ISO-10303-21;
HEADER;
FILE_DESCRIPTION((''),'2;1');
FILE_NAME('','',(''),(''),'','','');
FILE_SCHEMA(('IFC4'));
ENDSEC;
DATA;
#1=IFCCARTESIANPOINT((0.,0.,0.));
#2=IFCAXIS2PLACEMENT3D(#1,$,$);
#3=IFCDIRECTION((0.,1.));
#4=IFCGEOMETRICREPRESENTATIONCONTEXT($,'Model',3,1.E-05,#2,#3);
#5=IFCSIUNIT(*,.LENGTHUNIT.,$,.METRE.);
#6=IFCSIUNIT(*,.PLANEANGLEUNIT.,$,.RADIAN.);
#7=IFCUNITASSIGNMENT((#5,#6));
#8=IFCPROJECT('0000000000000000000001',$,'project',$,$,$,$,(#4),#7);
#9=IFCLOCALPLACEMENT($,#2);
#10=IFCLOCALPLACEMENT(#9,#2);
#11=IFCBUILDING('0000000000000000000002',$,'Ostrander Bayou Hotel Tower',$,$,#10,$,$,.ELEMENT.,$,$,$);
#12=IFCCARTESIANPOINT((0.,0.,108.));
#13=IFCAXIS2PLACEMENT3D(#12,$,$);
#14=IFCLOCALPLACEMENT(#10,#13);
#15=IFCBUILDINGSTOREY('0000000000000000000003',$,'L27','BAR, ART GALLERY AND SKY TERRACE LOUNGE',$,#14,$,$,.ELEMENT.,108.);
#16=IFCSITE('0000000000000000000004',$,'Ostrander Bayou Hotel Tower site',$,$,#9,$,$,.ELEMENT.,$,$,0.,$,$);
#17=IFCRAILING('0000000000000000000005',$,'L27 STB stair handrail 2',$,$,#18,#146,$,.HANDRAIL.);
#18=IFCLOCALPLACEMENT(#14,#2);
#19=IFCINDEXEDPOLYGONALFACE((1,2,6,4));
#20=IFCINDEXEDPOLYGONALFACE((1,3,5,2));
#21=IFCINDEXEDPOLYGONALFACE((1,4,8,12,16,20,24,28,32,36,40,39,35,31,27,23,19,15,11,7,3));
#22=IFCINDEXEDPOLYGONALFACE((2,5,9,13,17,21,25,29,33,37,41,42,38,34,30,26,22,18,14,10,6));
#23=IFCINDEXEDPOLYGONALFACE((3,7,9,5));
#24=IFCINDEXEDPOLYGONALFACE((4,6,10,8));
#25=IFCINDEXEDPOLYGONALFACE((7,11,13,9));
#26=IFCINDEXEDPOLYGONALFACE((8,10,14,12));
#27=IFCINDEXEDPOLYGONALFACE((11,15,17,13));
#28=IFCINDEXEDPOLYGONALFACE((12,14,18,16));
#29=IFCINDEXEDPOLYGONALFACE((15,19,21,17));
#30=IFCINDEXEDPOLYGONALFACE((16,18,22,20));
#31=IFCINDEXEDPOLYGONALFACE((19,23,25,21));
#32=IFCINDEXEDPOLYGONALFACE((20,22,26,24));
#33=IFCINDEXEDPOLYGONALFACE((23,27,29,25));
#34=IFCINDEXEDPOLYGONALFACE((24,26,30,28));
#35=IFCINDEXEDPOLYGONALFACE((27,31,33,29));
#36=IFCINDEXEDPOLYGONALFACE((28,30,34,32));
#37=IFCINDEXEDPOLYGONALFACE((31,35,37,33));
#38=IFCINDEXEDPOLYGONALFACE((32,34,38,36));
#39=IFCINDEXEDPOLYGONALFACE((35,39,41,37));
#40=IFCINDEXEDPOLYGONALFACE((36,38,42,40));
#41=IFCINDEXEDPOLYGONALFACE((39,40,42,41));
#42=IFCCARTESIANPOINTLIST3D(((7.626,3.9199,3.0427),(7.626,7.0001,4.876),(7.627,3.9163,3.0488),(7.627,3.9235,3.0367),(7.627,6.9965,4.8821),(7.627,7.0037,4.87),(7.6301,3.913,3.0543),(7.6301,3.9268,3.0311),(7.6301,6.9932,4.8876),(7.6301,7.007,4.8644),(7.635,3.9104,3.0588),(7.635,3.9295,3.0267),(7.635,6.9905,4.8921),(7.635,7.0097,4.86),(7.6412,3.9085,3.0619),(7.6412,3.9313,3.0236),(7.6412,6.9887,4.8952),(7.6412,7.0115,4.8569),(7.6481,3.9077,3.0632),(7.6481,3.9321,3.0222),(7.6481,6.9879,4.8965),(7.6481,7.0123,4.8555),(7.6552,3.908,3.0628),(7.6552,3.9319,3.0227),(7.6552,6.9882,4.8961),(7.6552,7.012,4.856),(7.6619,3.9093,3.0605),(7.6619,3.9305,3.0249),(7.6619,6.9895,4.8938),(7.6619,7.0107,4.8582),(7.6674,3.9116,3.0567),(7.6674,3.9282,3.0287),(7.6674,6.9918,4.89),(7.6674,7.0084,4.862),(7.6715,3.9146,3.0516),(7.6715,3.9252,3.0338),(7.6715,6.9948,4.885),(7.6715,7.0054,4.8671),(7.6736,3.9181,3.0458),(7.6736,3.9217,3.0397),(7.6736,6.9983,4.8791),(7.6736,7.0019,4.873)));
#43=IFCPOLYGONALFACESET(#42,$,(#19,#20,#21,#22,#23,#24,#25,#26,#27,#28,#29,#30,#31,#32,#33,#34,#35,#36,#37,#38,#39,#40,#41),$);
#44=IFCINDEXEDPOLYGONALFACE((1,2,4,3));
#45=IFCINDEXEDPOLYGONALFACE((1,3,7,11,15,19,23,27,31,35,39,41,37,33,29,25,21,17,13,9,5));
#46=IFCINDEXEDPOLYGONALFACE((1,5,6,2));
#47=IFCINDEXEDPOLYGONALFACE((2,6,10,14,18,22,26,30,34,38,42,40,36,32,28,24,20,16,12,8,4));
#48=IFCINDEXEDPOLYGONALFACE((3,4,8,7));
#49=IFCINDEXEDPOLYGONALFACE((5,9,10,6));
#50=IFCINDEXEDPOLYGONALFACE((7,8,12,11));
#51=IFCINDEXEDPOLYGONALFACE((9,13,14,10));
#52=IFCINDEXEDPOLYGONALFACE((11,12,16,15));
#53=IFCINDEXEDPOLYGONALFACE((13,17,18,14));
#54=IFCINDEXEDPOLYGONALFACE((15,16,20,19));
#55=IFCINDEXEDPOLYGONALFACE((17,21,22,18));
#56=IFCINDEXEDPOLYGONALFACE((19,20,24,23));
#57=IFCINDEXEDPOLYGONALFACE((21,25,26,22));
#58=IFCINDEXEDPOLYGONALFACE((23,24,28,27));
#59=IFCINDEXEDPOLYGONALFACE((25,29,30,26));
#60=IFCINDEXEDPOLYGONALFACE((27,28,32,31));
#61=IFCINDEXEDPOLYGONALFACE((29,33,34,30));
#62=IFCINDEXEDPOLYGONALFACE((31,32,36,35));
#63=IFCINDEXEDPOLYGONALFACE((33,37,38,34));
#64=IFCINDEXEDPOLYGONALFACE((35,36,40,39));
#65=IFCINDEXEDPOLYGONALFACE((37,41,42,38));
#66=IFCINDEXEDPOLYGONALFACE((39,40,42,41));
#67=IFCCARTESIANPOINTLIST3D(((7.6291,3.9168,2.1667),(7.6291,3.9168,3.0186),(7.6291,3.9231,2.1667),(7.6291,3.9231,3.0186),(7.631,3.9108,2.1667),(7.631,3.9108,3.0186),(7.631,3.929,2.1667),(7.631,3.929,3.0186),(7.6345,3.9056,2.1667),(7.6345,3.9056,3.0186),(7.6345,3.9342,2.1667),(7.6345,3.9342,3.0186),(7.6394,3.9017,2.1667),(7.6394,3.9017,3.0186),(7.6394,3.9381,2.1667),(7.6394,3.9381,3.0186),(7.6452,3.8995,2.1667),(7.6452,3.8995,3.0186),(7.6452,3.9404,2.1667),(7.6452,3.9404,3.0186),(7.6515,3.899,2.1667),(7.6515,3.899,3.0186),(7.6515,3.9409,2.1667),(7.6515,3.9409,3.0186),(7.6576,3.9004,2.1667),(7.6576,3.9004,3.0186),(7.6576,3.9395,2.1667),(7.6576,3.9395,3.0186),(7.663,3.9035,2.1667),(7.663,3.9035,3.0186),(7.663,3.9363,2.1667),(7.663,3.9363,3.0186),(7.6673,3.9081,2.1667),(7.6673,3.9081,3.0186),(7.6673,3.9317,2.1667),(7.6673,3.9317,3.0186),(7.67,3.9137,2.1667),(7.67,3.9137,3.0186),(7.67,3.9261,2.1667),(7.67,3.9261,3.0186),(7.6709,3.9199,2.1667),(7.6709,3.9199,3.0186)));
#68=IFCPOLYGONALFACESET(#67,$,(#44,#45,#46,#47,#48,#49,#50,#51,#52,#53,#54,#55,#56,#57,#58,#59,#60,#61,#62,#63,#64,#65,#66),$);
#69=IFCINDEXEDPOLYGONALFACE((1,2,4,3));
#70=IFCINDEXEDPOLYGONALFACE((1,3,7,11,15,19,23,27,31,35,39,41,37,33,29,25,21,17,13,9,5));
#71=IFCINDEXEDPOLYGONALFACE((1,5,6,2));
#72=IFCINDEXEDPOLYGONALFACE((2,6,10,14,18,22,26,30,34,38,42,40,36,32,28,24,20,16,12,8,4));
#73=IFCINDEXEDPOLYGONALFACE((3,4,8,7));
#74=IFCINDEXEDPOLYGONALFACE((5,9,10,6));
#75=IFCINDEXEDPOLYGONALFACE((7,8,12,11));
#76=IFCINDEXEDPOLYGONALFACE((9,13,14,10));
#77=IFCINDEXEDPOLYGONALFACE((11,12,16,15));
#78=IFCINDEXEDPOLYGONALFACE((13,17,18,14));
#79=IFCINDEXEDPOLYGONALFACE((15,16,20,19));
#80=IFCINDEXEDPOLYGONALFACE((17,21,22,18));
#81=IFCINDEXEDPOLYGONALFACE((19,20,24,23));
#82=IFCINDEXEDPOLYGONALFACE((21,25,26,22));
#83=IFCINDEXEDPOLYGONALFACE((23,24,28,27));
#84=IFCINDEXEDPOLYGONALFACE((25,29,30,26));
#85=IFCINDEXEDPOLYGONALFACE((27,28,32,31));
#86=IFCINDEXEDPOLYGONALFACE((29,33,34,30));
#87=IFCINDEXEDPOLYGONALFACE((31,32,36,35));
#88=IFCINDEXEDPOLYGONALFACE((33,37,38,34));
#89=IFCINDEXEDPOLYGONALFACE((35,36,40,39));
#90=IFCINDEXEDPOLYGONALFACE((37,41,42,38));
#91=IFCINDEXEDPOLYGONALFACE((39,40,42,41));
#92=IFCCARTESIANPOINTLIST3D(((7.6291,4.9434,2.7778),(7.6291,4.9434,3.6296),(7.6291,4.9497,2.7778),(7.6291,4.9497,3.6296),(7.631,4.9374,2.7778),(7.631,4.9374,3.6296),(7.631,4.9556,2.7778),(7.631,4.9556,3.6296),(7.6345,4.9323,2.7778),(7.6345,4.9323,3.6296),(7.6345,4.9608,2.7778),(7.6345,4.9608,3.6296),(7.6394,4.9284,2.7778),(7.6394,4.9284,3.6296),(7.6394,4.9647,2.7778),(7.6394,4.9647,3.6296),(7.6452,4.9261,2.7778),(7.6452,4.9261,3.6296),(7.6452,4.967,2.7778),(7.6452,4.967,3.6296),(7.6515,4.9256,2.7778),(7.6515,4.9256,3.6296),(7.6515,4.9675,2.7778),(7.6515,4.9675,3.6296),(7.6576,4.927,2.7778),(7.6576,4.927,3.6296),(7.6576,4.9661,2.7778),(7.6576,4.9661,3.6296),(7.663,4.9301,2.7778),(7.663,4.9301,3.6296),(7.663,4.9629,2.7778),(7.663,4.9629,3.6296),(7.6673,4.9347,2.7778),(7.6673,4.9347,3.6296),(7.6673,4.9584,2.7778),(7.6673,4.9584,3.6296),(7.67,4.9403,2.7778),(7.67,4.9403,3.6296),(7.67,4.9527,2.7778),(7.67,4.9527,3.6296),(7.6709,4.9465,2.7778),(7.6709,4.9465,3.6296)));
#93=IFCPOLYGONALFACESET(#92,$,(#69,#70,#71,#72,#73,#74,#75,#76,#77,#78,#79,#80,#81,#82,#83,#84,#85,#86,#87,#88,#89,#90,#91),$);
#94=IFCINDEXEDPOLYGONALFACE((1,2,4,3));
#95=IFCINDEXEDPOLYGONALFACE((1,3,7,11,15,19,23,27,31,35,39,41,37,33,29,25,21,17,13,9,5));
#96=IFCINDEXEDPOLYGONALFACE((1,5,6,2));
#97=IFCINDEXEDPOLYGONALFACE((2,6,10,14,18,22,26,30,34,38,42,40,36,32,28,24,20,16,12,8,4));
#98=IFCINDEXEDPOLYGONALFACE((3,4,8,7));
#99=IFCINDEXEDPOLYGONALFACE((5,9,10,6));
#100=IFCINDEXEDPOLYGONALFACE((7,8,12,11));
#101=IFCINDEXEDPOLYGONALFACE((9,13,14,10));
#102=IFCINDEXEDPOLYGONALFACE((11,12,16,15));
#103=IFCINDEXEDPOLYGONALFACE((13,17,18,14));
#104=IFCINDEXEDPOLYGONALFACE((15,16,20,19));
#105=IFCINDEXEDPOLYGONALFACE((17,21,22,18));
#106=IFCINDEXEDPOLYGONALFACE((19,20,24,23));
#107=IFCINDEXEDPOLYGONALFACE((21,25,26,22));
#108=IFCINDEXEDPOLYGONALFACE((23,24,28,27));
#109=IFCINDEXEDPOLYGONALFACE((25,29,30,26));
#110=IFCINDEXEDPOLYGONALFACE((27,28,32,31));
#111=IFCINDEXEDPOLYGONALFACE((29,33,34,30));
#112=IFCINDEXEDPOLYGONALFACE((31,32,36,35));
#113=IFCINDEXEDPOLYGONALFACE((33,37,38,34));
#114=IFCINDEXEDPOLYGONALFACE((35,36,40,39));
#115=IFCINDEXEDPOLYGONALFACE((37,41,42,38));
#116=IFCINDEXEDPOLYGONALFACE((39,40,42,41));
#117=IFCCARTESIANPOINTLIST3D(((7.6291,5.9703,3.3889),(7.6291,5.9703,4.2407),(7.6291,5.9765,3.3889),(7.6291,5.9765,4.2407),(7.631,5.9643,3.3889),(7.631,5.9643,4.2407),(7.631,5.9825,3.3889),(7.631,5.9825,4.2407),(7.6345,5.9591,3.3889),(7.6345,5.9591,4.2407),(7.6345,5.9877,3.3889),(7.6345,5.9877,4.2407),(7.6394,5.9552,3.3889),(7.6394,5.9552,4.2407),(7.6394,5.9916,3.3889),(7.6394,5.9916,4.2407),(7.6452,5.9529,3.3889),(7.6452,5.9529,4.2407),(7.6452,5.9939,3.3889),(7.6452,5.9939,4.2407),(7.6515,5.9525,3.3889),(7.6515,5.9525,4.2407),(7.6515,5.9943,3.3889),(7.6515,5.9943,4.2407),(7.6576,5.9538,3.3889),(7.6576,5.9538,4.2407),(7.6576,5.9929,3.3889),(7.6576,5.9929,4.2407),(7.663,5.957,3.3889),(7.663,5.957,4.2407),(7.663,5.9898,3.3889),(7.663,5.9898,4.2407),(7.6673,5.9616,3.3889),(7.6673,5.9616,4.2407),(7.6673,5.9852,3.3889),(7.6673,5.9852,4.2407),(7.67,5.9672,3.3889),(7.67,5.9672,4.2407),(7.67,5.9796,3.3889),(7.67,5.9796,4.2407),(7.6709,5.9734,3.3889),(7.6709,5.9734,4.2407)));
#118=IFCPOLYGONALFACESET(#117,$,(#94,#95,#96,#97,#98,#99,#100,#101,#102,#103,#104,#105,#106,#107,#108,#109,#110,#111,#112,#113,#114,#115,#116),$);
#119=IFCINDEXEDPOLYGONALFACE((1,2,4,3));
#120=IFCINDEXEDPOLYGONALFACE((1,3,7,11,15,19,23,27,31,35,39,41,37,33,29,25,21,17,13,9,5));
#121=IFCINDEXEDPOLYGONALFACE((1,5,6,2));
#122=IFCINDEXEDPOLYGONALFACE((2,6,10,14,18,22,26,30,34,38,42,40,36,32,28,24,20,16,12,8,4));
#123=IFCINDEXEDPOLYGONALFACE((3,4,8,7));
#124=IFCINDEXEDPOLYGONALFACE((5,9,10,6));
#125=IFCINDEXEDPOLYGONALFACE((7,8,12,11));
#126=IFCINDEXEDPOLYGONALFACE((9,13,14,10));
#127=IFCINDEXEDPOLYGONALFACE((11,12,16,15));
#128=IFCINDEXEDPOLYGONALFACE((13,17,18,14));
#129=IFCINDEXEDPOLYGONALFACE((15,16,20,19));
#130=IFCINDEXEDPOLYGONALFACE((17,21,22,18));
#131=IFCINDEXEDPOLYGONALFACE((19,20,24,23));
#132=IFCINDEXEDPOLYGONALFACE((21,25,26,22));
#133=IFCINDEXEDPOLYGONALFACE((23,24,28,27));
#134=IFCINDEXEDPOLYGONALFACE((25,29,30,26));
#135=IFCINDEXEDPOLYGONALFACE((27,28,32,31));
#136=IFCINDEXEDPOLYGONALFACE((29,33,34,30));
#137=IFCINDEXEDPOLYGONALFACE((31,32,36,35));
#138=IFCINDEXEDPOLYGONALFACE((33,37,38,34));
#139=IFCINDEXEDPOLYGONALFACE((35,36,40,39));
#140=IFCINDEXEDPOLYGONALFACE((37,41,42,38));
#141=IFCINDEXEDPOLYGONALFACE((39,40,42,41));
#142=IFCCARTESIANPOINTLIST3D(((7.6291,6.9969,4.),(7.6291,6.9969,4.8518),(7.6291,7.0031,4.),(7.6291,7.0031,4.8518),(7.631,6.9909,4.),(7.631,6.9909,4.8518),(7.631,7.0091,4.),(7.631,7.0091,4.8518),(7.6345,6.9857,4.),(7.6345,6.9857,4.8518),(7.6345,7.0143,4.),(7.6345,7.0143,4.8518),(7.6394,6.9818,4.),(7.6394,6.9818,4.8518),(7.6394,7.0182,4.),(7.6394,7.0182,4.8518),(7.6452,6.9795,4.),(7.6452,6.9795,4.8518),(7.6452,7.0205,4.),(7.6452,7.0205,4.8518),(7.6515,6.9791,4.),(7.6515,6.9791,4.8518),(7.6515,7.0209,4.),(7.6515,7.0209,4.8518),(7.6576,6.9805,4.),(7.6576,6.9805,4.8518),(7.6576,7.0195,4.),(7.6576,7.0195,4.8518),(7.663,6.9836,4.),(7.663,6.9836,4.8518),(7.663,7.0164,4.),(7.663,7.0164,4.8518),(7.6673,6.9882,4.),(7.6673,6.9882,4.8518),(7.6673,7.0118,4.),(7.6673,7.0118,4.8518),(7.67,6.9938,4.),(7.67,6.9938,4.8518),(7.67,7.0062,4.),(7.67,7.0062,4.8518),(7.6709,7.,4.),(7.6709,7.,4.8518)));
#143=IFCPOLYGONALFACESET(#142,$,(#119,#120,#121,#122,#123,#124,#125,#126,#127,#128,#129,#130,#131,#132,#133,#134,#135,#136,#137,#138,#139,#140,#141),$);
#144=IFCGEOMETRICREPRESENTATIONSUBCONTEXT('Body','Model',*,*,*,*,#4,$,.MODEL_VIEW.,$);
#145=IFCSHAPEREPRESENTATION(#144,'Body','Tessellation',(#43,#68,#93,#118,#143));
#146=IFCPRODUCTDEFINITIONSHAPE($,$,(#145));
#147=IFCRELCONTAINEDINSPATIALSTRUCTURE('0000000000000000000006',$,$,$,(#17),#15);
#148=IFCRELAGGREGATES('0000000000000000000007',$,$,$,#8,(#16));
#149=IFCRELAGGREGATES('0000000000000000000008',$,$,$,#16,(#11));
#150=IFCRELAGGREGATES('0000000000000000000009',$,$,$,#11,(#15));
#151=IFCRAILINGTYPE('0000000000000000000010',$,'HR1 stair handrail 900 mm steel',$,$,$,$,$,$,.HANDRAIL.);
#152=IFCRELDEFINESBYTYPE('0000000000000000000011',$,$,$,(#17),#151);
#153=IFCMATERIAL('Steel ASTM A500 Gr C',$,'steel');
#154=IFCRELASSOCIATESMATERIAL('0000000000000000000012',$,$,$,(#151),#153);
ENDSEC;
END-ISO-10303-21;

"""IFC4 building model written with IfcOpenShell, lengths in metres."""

from ifc_helpers import new_model, si_unit, direction, frame, origin, origin_2d, place, context, subcontext, project, spatial, circle, extrude, material, type_object, element, save


model = new_model("IFC4")

# Units and contexts
model_context = context("Model", 3, precision=1e-05, world=origin(), true_north=direction((0.0, 1.0)))
body_context = subcontext(model_context, "Body", "Model", "MODEL_VIEW")
ifc_project = project(units=[si_unit("LENGTHUNIT", "METRE"), si_unit("PLANEANGLEUNIT", "RADIAN")], contexts=[model_context])

# Site, building, storey
site_placement = place(None, origin())
site = spatial("IfcSite", under=ifc_project, at=site_placement, Name="Ostrander Bayou Hotel Tower site", CompositionType="ELEMENT", RefElevation=0.0)
building_placement = place(site_placement, origin())
building = spatial("IfcBuilding", under=site, at=building_placement, Name="Ostrander Bayou Hotel Tower", CompositionType="ELEMENT")
storey_placement = place(building_placement, frame((0.0, 0.0, 108.0)))
storey = spatial("IfcBuildingStorey", under=building, at=storey_placement, Name="L27", Description="BAR, ART GALLERY AND SKY TERRACE LOUNGE", CompositionType="ELEMENT", Elevation=108.0)

# Railing
ifc_material_1 = material(Name="Steel ASTM A500 Gr C", Category="steel")
railing_type_1 = type_object("IfcRailingType", Name="HR1 stair handrail 900 mm steel", PredefinedType="HANDRAIL", material=ifc_material_1)
for number, where, name in (
    (1, (7.6499, 3.9199, 2.1667), "L27 STB stair handrail 2"),
):
    element("IfcRailing", number, at=place(storey_placement, frame(where)), inside=storey, type_object=railing_type_1, Name=name, PredefinedType="HANDRAIL", context=body_context, shape_type="SweptSolid", body=[
        extrude(circle(Radius=0.0239, at=origin_2d()), frame((0.0, 0.0, 0.876), z_axis=(0.0, 0.859309, 0.511458), x_axis=(-1.0, 0.0, 0.0)), (0.0, 0.0, 1.0), 3.5845),
        extrude(circle(Radius=0.021, at=origin_2d()), origin(), (0.0, 0.0, 1.0), 0.8518),
        extrude(circle(Radius=0.021, at=origin_2d()), frame((0.0, 1.0266, 0.6111)), (0.0, 0.0, 1.0), 0.8518),
        extrude(circle(Radius=0.021, at=origin_2d()), frame((0.0, 2.0535, 1.2222)), (0.0, 0.0, 1.0), 0.8518),
        extrude(circle(Radius=0.021, at=origin_2d()), frame((0.0, 3.0801, 1.8333)), (0.0, 0.0, 1.0), 0.8518),
    ])

save(model, "model.ifc")
